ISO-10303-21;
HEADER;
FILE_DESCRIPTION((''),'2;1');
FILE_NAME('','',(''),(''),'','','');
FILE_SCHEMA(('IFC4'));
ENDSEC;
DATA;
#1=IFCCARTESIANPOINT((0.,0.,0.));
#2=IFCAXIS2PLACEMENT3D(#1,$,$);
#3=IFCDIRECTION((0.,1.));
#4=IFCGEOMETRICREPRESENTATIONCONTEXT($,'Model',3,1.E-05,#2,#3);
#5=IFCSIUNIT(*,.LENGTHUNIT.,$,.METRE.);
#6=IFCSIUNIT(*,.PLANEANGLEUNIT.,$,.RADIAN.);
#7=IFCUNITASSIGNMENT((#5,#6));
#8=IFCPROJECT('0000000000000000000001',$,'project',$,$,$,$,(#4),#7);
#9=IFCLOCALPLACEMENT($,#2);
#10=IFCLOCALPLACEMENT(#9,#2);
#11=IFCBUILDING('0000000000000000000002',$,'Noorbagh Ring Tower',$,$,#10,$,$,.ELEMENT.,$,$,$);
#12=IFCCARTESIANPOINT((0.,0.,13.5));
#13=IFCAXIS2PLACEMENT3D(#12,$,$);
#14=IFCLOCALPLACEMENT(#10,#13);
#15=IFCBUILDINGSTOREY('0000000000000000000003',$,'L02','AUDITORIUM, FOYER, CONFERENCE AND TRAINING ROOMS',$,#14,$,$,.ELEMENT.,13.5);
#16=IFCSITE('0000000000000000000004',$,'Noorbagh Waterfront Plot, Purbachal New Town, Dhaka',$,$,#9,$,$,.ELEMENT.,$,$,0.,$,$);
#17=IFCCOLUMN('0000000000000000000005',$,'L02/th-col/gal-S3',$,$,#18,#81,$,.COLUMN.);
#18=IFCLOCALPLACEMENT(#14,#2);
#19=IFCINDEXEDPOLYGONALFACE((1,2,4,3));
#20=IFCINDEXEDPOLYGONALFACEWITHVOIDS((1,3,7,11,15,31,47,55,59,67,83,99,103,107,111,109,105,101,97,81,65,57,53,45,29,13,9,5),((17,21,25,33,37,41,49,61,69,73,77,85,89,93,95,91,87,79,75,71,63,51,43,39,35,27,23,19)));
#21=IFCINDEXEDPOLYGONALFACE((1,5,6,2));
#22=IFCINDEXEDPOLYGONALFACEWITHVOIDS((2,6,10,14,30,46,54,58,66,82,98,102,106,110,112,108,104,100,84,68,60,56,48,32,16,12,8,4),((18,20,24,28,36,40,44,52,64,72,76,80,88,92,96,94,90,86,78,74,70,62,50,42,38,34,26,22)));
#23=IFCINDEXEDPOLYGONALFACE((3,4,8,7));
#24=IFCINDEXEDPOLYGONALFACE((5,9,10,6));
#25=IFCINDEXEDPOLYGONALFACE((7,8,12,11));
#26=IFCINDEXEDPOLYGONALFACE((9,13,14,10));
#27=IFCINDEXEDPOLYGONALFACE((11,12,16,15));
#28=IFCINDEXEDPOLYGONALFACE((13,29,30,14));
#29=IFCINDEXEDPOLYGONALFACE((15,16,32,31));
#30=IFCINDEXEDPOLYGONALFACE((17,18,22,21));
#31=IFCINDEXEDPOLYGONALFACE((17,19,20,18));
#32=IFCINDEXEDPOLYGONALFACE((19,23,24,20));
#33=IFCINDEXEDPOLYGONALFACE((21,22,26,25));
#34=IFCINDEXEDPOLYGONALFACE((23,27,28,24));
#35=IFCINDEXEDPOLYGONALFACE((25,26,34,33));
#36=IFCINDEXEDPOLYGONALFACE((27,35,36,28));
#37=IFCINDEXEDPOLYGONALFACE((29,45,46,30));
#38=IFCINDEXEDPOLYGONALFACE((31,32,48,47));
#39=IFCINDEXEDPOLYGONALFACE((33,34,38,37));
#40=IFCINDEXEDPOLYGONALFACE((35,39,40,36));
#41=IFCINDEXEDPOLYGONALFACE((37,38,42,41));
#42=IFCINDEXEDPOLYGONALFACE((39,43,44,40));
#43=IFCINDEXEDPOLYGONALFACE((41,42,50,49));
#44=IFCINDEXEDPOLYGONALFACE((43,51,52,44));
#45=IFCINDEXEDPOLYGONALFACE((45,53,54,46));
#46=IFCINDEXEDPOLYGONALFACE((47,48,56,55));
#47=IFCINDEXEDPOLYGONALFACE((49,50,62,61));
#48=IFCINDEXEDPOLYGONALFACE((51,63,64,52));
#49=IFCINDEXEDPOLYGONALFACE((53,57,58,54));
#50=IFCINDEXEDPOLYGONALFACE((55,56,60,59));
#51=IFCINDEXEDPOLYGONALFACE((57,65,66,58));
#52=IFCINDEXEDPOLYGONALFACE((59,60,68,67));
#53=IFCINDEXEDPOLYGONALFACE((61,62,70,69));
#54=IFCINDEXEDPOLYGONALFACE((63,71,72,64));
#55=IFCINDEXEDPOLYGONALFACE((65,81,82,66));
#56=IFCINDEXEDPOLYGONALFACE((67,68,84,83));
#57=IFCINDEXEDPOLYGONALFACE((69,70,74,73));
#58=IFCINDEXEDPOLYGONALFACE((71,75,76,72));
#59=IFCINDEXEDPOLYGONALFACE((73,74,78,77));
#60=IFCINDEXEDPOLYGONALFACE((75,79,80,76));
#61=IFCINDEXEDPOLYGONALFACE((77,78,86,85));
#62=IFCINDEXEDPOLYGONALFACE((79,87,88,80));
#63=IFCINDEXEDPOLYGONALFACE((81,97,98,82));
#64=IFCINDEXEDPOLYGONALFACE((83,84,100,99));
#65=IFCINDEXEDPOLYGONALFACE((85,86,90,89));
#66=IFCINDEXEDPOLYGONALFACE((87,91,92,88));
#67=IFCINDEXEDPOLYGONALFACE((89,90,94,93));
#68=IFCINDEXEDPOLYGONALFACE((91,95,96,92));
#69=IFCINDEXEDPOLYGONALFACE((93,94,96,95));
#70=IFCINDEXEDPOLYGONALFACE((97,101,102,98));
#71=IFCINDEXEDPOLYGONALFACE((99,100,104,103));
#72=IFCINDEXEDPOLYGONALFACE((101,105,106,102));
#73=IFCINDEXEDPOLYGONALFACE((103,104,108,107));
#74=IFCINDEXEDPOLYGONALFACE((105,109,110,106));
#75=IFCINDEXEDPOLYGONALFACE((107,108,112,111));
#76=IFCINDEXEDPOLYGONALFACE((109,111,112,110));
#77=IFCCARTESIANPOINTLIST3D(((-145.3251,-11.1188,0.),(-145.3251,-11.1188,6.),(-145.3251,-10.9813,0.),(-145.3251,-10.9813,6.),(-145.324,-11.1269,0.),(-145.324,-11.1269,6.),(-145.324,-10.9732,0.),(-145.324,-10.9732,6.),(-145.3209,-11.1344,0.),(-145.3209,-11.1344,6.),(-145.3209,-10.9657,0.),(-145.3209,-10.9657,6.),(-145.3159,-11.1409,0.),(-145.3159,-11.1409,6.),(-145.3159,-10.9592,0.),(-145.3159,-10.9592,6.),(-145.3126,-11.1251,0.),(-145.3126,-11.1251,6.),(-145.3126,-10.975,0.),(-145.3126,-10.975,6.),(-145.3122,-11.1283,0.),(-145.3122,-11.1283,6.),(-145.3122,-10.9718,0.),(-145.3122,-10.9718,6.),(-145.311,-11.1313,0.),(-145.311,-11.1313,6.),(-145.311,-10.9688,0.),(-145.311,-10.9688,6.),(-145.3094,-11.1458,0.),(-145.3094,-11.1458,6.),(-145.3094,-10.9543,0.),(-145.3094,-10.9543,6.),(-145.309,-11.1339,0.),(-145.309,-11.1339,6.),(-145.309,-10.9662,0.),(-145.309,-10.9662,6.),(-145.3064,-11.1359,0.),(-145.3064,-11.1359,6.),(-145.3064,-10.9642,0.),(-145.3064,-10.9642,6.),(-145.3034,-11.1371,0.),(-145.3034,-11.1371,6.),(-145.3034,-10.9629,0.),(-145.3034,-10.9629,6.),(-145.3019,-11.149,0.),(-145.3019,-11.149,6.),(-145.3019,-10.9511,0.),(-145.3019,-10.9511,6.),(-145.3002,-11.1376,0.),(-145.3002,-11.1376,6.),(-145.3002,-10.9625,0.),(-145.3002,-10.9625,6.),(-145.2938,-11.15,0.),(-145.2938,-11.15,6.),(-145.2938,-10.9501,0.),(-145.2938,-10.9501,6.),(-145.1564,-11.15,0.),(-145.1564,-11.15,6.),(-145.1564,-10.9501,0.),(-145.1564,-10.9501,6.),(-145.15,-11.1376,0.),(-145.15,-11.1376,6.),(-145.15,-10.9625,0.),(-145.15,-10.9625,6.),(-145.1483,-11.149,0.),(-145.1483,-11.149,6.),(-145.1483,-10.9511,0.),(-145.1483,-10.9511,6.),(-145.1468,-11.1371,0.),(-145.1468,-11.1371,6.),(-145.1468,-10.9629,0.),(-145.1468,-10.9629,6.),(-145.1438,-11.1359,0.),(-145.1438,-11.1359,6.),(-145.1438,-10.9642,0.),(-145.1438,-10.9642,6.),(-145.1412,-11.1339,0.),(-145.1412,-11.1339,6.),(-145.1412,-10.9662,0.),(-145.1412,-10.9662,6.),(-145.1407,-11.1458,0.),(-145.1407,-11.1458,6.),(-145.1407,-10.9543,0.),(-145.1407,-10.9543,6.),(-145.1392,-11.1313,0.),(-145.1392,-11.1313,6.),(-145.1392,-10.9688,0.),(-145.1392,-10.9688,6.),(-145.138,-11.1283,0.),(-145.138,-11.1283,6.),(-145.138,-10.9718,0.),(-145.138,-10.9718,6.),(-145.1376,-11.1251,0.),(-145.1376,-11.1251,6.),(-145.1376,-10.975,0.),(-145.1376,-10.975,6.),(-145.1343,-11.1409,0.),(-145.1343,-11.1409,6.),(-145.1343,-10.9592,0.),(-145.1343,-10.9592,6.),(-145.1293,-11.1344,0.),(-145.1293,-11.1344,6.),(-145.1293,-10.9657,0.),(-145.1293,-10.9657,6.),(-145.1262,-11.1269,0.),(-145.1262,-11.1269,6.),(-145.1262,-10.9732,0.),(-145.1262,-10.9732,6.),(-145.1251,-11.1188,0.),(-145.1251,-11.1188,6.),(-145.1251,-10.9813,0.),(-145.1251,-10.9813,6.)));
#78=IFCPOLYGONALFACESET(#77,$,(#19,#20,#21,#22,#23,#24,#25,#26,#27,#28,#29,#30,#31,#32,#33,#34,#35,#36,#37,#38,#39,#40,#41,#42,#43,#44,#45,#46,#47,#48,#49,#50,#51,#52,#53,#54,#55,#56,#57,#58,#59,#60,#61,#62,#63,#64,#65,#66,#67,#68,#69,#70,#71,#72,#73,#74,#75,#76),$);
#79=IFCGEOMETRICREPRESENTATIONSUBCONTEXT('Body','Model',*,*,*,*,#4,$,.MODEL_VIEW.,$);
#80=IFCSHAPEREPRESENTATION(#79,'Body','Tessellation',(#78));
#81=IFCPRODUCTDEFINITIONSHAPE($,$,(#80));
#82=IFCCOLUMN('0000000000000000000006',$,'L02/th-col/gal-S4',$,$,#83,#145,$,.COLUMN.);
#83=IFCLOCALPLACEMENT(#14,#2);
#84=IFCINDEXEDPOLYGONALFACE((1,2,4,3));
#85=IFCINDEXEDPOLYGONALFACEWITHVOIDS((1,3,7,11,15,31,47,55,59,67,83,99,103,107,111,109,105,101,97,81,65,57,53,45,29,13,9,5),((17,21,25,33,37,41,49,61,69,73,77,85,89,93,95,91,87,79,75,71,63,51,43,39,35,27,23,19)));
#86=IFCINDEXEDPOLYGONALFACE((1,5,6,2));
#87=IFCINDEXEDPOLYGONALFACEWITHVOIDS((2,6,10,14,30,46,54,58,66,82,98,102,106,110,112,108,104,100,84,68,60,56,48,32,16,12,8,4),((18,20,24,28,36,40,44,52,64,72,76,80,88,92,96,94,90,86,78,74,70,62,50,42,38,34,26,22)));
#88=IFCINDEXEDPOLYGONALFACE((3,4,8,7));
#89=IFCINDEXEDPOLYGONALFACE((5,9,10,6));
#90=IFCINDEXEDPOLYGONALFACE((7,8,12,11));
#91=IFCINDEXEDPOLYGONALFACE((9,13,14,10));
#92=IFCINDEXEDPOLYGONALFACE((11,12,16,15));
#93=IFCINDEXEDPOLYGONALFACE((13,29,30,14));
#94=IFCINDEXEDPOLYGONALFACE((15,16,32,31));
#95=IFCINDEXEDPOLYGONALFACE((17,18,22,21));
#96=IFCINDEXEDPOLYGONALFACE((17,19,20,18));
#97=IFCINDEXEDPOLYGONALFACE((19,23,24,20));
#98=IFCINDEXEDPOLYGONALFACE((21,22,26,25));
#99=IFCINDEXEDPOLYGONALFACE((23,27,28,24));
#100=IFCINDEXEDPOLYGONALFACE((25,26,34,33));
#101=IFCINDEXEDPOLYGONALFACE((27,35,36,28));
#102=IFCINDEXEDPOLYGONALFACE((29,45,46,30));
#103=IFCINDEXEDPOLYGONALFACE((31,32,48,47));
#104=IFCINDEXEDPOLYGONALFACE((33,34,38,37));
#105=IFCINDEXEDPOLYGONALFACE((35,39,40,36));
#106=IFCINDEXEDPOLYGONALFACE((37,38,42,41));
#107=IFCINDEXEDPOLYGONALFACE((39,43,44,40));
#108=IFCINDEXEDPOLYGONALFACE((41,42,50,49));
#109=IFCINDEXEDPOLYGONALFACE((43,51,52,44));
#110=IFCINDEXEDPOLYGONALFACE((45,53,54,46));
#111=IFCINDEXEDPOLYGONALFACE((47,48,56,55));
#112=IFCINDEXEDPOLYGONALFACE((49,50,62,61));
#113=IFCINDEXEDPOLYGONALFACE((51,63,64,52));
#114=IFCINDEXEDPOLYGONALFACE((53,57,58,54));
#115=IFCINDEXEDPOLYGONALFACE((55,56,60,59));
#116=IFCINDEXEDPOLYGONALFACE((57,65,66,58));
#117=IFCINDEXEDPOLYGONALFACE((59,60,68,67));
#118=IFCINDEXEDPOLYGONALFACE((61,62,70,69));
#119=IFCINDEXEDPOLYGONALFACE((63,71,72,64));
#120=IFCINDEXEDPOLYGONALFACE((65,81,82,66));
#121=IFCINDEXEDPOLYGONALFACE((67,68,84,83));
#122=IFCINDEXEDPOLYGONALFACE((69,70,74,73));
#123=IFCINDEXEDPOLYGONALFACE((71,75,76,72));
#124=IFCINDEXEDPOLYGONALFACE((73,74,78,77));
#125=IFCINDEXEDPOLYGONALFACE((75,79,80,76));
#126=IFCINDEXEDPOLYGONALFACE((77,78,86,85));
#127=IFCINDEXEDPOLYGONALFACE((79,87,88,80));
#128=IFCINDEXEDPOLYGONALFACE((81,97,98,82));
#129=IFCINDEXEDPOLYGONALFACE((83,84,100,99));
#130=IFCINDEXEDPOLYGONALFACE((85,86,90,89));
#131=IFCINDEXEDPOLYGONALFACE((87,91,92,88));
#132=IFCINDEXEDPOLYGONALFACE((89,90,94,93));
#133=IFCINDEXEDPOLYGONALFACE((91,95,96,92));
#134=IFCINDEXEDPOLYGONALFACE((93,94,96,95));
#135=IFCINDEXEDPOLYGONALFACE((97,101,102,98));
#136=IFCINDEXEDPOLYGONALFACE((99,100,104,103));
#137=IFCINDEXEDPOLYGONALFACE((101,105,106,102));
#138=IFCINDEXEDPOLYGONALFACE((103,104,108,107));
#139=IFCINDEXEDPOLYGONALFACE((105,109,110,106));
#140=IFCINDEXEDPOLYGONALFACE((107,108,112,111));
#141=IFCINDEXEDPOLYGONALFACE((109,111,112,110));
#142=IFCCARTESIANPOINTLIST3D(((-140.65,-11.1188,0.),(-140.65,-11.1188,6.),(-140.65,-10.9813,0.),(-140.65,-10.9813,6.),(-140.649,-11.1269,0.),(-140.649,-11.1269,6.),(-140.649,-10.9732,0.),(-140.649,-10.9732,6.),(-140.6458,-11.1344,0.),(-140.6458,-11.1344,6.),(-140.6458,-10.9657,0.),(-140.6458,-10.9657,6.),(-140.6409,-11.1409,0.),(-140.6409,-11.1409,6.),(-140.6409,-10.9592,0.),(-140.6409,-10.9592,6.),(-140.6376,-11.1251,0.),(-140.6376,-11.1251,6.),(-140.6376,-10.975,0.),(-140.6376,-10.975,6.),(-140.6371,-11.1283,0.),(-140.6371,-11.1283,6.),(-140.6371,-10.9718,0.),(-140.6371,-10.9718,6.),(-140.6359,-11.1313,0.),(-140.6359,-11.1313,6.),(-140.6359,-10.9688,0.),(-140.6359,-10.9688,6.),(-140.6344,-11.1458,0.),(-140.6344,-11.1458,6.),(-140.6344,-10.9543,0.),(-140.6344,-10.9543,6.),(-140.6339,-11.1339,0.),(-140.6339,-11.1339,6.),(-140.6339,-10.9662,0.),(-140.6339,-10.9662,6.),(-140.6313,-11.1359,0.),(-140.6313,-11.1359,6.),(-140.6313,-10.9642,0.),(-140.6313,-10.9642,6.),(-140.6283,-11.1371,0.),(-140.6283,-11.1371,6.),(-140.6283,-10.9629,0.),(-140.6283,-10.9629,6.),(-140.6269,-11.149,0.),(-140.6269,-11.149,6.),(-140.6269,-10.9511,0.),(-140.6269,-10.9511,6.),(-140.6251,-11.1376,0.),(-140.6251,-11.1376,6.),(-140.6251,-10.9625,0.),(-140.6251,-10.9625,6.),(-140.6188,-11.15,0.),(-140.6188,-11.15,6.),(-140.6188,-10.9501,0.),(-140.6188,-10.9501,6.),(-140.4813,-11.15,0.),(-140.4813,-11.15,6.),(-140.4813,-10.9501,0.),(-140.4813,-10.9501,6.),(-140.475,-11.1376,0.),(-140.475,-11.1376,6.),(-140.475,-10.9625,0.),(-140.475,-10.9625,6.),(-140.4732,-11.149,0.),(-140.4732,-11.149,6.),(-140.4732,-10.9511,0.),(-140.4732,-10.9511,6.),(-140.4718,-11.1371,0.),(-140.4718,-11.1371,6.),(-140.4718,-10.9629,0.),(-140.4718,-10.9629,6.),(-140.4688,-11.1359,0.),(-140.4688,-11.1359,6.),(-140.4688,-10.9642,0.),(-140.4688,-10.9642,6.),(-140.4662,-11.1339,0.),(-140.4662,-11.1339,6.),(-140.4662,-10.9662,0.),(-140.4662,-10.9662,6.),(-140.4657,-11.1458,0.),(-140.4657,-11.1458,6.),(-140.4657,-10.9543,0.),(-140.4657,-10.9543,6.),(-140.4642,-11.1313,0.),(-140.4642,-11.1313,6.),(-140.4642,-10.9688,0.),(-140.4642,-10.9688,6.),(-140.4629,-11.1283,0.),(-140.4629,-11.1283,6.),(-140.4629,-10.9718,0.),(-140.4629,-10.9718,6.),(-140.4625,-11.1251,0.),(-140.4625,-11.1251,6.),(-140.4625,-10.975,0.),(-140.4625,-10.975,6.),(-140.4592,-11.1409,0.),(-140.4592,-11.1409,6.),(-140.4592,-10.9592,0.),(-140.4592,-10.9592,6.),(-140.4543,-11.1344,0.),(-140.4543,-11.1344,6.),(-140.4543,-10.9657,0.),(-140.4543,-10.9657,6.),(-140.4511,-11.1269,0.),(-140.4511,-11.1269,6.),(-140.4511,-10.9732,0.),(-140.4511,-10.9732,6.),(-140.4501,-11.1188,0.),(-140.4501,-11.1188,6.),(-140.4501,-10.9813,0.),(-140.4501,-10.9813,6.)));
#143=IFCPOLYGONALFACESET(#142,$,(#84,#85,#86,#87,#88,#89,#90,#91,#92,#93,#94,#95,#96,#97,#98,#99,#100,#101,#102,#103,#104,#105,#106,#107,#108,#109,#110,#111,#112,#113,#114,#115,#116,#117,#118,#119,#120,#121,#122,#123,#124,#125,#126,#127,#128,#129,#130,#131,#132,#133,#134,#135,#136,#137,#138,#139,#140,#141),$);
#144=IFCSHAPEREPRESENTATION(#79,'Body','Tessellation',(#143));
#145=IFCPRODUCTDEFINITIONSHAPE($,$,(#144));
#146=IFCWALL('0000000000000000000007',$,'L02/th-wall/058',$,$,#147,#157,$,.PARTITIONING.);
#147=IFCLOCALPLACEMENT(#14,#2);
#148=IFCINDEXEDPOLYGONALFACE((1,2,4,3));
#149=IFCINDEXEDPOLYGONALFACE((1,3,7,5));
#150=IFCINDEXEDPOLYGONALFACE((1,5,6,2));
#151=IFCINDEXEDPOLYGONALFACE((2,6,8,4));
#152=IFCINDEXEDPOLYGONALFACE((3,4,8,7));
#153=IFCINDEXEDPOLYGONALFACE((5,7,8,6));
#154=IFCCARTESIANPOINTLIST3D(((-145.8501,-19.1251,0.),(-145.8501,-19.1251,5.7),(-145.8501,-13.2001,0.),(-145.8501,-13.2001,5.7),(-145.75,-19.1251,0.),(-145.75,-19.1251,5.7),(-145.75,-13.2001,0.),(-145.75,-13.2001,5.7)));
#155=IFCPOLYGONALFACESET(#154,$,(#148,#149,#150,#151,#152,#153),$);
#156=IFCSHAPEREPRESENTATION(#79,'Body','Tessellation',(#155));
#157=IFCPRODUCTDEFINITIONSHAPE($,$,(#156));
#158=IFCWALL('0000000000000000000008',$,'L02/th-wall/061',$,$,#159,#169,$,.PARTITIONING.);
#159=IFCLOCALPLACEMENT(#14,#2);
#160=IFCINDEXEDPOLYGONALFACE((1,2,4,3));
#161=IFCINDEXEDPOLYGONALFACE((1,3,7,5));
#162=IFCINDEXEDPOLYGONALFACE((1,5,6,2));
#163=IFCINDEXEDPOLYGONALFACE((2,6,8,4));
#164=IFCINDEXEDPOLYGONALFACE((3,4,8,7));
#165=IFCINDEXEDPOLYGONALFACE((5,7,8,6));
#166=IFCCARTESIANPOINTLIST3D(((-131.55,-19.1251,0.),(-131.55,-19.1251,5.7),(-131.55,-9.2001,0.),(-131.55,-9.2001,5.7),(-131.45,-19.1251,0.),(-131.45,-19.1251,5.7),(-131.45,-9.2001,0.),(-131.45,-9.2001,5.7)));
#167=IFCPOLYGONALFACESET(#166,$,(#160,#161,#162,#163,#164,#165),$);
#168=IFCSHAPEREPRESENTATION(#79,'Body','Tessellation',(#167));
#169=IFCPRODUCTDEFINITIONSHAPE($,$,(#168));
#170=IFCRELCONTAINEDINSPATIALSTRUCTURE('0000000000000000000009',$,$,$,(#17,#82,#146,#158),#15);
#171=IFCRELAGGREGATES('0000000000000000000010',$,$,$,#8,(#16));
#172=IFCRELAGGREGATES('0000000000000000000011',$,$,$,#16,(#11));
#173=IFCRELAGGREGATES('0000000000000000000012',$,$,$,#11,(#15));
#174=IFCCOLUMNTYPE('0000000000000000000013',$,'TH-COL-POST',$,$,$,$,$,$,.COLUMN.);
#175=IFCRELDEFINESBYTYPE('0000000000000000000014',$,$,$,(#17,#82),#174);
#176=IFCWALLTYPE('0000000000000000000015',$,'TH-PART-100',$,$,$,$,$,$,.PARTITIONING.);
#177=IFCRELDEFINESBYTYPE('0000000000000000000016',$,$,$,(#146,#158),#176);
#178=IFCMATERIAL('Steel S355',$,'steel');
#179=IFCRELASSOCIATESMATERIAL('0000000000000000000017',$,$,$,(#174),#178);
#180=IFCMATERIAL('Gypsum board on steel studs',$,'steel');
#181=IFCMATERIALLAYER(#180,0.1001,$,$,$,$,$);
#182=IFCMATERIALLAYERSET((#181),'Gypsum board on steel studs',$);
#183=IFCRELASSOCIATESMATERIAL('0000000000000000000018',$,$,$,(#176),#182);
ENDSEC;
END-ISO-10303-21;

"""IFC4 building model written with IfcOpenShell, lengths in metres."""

from ifc_helpers import new_model, si_unit, direction, frame, frame_2d, origin, origin_2d, place, context, subcontext, project, spatial, rectangle, hollow_rectangle, extrude, material, layer, layer_set, material_profile, profile_set, type_object, element, save


model = new_model("IFC4")

# Units and contexts
model_context = context("Model", 3, precision=1e-05, world=origin(), true_north=direction((0.0, 1.0)))
body_context = subcontext(model_context, "Body", "Model", "MODEL_VIEW")
ifc_project = project(units=[si_unit("LENGTHUNIT", "METRE"), si_unit("PLANEANGLEUNIT", "RADIAN")], contexts=[model_context])

# Site, building, storey
site_placement = place(None, origin())
site = spatial("IfcSite", under=ifc_project, at=site_placement, Name="Noorbagh Waterfront Plot, Purbachal New Town, Dhaka", CompositionType="ELEMENT", RefElevation=0.0)
building_placement = place(site_placement, origin())
building = spatial("IfcBuilding", under=site, at=building_placement, Name="Noorbagh Ring Tower", CompositionType="ELEMENT")
storey_placement = place(building_placement, frame((0.0, 0.0, 13.5)))
storey = spatial("IfcBuildingStorey", under=building, at=storey_placement, Name="L02", Description="AUDITORIUM, FOYER, CONFERENCE AND TRAINING ROOMS", CompositionType="ELEMENT", Elevation=13.5)

# Columns
ifc_material_1 = material(Name="Steel S355", Category="steel")
ifc_material_profile = material_profile(ifc_material_1, hollow_rectangle(XDim=0.2, YDim=0.2, WallThickness=0.0125, InnerFilletRadius=0.0125, OuterFilletRadius=0.0312, at=origin_2d()), Name="SHS200x200x12.5")
ifc_profile_set = profile_set([ifc_material_profile], Name="Steel S355")
column_type = type_object("IfcColumnType", Name="TH-COL-POST", PredefinedType="COLUMN", material=ifc_profile_set)
for number, where, z_axis, x_axis, name in (
    (1, (-145.2251, -11.05, 0.0), (0.0, 0.0, 1.0), (1.0, 0.0, 0.0), "L02/th-col/gal-S3"),
    (2, (-140.55, -11.05, 0.0), (0.0, 0.0, 1.0), (1.0, 0.0, 0.0), "L02/th-col/gal-S4"),
):
    element("IfcColumn", number, at=place(storey_placement, frame(where, z_axis=z_axis, x_axis=x_axis)), inside=storey, type_object=column_type, Name=name, PredefinedType="COLUMN", context=body_context, shape_type="SweptSolid", body=[
        extrude(hollow_rectangle(XDim=0.2, YDim=0.2, WallThickness=0.0125, InnerFilletRadius=0.0125, OuterFilletRadius=0.0312, at=origin_2d()), origin(), (0.0, 0.0, 1.0), 6.0),
    ])

# Walls
ifc_material_2 = material(Name="Gypsum board on steel studs", Category="steel")
ifc_layer_1 = layer(ifc_material_2, 0.1001)
ifc_layer_set_1 = layer_set([ifc_layer_1], Name="Gypsum board on steel studs")
wall_type_1 = type_object("IfcWallType", Name="TH-PART-100", PredefinedType="PARTITIONING", material=ifc_layer_set_1)
wall_1_placement = place(storey_placement, frame((-145.8, -19.125, 0.0), z_axis=(0.0, 0.0, 1.0), x_axis=(0.0, 1.0, 0.0)))
element("IfcWall", 3, at=wall_1_placement, inside=storey, type_object=wall_type_1, Name="L02/th-wall/058", PredefinedType="PARTITIONING", context=body_context, shape_type="SweptSolid", body=[
    extrude(rectangle(XDim=5.925, YDim=0.1001, at=frame_2d((2.9624, 0.0))), origin(), (0.0, 0.0, 1.0), 5.7),
])
wall_2_placement = place(storey_placement, frame((-131.5, -19.125, 0.0), z_axis=(0.0, 0.0, 1.0), x_axis=(0.0, 1.0, 0.0)))
element("IfcWall", 4, at=wall_2_placement, inside=storey, type_object=wall_type_1, Name="L02/th-wall/061", PredefinedType="PARTITIONING", context=body_context, shape_type="SweptSolid", body=[
    extrude(rectangle(XDim=9.925, YDim=0.1001, at=frame_2d((4.9624, 0.0))), origin(), (0.0, 0.0, 1.0), 5.7),
])

save(model, "model.ifc")
